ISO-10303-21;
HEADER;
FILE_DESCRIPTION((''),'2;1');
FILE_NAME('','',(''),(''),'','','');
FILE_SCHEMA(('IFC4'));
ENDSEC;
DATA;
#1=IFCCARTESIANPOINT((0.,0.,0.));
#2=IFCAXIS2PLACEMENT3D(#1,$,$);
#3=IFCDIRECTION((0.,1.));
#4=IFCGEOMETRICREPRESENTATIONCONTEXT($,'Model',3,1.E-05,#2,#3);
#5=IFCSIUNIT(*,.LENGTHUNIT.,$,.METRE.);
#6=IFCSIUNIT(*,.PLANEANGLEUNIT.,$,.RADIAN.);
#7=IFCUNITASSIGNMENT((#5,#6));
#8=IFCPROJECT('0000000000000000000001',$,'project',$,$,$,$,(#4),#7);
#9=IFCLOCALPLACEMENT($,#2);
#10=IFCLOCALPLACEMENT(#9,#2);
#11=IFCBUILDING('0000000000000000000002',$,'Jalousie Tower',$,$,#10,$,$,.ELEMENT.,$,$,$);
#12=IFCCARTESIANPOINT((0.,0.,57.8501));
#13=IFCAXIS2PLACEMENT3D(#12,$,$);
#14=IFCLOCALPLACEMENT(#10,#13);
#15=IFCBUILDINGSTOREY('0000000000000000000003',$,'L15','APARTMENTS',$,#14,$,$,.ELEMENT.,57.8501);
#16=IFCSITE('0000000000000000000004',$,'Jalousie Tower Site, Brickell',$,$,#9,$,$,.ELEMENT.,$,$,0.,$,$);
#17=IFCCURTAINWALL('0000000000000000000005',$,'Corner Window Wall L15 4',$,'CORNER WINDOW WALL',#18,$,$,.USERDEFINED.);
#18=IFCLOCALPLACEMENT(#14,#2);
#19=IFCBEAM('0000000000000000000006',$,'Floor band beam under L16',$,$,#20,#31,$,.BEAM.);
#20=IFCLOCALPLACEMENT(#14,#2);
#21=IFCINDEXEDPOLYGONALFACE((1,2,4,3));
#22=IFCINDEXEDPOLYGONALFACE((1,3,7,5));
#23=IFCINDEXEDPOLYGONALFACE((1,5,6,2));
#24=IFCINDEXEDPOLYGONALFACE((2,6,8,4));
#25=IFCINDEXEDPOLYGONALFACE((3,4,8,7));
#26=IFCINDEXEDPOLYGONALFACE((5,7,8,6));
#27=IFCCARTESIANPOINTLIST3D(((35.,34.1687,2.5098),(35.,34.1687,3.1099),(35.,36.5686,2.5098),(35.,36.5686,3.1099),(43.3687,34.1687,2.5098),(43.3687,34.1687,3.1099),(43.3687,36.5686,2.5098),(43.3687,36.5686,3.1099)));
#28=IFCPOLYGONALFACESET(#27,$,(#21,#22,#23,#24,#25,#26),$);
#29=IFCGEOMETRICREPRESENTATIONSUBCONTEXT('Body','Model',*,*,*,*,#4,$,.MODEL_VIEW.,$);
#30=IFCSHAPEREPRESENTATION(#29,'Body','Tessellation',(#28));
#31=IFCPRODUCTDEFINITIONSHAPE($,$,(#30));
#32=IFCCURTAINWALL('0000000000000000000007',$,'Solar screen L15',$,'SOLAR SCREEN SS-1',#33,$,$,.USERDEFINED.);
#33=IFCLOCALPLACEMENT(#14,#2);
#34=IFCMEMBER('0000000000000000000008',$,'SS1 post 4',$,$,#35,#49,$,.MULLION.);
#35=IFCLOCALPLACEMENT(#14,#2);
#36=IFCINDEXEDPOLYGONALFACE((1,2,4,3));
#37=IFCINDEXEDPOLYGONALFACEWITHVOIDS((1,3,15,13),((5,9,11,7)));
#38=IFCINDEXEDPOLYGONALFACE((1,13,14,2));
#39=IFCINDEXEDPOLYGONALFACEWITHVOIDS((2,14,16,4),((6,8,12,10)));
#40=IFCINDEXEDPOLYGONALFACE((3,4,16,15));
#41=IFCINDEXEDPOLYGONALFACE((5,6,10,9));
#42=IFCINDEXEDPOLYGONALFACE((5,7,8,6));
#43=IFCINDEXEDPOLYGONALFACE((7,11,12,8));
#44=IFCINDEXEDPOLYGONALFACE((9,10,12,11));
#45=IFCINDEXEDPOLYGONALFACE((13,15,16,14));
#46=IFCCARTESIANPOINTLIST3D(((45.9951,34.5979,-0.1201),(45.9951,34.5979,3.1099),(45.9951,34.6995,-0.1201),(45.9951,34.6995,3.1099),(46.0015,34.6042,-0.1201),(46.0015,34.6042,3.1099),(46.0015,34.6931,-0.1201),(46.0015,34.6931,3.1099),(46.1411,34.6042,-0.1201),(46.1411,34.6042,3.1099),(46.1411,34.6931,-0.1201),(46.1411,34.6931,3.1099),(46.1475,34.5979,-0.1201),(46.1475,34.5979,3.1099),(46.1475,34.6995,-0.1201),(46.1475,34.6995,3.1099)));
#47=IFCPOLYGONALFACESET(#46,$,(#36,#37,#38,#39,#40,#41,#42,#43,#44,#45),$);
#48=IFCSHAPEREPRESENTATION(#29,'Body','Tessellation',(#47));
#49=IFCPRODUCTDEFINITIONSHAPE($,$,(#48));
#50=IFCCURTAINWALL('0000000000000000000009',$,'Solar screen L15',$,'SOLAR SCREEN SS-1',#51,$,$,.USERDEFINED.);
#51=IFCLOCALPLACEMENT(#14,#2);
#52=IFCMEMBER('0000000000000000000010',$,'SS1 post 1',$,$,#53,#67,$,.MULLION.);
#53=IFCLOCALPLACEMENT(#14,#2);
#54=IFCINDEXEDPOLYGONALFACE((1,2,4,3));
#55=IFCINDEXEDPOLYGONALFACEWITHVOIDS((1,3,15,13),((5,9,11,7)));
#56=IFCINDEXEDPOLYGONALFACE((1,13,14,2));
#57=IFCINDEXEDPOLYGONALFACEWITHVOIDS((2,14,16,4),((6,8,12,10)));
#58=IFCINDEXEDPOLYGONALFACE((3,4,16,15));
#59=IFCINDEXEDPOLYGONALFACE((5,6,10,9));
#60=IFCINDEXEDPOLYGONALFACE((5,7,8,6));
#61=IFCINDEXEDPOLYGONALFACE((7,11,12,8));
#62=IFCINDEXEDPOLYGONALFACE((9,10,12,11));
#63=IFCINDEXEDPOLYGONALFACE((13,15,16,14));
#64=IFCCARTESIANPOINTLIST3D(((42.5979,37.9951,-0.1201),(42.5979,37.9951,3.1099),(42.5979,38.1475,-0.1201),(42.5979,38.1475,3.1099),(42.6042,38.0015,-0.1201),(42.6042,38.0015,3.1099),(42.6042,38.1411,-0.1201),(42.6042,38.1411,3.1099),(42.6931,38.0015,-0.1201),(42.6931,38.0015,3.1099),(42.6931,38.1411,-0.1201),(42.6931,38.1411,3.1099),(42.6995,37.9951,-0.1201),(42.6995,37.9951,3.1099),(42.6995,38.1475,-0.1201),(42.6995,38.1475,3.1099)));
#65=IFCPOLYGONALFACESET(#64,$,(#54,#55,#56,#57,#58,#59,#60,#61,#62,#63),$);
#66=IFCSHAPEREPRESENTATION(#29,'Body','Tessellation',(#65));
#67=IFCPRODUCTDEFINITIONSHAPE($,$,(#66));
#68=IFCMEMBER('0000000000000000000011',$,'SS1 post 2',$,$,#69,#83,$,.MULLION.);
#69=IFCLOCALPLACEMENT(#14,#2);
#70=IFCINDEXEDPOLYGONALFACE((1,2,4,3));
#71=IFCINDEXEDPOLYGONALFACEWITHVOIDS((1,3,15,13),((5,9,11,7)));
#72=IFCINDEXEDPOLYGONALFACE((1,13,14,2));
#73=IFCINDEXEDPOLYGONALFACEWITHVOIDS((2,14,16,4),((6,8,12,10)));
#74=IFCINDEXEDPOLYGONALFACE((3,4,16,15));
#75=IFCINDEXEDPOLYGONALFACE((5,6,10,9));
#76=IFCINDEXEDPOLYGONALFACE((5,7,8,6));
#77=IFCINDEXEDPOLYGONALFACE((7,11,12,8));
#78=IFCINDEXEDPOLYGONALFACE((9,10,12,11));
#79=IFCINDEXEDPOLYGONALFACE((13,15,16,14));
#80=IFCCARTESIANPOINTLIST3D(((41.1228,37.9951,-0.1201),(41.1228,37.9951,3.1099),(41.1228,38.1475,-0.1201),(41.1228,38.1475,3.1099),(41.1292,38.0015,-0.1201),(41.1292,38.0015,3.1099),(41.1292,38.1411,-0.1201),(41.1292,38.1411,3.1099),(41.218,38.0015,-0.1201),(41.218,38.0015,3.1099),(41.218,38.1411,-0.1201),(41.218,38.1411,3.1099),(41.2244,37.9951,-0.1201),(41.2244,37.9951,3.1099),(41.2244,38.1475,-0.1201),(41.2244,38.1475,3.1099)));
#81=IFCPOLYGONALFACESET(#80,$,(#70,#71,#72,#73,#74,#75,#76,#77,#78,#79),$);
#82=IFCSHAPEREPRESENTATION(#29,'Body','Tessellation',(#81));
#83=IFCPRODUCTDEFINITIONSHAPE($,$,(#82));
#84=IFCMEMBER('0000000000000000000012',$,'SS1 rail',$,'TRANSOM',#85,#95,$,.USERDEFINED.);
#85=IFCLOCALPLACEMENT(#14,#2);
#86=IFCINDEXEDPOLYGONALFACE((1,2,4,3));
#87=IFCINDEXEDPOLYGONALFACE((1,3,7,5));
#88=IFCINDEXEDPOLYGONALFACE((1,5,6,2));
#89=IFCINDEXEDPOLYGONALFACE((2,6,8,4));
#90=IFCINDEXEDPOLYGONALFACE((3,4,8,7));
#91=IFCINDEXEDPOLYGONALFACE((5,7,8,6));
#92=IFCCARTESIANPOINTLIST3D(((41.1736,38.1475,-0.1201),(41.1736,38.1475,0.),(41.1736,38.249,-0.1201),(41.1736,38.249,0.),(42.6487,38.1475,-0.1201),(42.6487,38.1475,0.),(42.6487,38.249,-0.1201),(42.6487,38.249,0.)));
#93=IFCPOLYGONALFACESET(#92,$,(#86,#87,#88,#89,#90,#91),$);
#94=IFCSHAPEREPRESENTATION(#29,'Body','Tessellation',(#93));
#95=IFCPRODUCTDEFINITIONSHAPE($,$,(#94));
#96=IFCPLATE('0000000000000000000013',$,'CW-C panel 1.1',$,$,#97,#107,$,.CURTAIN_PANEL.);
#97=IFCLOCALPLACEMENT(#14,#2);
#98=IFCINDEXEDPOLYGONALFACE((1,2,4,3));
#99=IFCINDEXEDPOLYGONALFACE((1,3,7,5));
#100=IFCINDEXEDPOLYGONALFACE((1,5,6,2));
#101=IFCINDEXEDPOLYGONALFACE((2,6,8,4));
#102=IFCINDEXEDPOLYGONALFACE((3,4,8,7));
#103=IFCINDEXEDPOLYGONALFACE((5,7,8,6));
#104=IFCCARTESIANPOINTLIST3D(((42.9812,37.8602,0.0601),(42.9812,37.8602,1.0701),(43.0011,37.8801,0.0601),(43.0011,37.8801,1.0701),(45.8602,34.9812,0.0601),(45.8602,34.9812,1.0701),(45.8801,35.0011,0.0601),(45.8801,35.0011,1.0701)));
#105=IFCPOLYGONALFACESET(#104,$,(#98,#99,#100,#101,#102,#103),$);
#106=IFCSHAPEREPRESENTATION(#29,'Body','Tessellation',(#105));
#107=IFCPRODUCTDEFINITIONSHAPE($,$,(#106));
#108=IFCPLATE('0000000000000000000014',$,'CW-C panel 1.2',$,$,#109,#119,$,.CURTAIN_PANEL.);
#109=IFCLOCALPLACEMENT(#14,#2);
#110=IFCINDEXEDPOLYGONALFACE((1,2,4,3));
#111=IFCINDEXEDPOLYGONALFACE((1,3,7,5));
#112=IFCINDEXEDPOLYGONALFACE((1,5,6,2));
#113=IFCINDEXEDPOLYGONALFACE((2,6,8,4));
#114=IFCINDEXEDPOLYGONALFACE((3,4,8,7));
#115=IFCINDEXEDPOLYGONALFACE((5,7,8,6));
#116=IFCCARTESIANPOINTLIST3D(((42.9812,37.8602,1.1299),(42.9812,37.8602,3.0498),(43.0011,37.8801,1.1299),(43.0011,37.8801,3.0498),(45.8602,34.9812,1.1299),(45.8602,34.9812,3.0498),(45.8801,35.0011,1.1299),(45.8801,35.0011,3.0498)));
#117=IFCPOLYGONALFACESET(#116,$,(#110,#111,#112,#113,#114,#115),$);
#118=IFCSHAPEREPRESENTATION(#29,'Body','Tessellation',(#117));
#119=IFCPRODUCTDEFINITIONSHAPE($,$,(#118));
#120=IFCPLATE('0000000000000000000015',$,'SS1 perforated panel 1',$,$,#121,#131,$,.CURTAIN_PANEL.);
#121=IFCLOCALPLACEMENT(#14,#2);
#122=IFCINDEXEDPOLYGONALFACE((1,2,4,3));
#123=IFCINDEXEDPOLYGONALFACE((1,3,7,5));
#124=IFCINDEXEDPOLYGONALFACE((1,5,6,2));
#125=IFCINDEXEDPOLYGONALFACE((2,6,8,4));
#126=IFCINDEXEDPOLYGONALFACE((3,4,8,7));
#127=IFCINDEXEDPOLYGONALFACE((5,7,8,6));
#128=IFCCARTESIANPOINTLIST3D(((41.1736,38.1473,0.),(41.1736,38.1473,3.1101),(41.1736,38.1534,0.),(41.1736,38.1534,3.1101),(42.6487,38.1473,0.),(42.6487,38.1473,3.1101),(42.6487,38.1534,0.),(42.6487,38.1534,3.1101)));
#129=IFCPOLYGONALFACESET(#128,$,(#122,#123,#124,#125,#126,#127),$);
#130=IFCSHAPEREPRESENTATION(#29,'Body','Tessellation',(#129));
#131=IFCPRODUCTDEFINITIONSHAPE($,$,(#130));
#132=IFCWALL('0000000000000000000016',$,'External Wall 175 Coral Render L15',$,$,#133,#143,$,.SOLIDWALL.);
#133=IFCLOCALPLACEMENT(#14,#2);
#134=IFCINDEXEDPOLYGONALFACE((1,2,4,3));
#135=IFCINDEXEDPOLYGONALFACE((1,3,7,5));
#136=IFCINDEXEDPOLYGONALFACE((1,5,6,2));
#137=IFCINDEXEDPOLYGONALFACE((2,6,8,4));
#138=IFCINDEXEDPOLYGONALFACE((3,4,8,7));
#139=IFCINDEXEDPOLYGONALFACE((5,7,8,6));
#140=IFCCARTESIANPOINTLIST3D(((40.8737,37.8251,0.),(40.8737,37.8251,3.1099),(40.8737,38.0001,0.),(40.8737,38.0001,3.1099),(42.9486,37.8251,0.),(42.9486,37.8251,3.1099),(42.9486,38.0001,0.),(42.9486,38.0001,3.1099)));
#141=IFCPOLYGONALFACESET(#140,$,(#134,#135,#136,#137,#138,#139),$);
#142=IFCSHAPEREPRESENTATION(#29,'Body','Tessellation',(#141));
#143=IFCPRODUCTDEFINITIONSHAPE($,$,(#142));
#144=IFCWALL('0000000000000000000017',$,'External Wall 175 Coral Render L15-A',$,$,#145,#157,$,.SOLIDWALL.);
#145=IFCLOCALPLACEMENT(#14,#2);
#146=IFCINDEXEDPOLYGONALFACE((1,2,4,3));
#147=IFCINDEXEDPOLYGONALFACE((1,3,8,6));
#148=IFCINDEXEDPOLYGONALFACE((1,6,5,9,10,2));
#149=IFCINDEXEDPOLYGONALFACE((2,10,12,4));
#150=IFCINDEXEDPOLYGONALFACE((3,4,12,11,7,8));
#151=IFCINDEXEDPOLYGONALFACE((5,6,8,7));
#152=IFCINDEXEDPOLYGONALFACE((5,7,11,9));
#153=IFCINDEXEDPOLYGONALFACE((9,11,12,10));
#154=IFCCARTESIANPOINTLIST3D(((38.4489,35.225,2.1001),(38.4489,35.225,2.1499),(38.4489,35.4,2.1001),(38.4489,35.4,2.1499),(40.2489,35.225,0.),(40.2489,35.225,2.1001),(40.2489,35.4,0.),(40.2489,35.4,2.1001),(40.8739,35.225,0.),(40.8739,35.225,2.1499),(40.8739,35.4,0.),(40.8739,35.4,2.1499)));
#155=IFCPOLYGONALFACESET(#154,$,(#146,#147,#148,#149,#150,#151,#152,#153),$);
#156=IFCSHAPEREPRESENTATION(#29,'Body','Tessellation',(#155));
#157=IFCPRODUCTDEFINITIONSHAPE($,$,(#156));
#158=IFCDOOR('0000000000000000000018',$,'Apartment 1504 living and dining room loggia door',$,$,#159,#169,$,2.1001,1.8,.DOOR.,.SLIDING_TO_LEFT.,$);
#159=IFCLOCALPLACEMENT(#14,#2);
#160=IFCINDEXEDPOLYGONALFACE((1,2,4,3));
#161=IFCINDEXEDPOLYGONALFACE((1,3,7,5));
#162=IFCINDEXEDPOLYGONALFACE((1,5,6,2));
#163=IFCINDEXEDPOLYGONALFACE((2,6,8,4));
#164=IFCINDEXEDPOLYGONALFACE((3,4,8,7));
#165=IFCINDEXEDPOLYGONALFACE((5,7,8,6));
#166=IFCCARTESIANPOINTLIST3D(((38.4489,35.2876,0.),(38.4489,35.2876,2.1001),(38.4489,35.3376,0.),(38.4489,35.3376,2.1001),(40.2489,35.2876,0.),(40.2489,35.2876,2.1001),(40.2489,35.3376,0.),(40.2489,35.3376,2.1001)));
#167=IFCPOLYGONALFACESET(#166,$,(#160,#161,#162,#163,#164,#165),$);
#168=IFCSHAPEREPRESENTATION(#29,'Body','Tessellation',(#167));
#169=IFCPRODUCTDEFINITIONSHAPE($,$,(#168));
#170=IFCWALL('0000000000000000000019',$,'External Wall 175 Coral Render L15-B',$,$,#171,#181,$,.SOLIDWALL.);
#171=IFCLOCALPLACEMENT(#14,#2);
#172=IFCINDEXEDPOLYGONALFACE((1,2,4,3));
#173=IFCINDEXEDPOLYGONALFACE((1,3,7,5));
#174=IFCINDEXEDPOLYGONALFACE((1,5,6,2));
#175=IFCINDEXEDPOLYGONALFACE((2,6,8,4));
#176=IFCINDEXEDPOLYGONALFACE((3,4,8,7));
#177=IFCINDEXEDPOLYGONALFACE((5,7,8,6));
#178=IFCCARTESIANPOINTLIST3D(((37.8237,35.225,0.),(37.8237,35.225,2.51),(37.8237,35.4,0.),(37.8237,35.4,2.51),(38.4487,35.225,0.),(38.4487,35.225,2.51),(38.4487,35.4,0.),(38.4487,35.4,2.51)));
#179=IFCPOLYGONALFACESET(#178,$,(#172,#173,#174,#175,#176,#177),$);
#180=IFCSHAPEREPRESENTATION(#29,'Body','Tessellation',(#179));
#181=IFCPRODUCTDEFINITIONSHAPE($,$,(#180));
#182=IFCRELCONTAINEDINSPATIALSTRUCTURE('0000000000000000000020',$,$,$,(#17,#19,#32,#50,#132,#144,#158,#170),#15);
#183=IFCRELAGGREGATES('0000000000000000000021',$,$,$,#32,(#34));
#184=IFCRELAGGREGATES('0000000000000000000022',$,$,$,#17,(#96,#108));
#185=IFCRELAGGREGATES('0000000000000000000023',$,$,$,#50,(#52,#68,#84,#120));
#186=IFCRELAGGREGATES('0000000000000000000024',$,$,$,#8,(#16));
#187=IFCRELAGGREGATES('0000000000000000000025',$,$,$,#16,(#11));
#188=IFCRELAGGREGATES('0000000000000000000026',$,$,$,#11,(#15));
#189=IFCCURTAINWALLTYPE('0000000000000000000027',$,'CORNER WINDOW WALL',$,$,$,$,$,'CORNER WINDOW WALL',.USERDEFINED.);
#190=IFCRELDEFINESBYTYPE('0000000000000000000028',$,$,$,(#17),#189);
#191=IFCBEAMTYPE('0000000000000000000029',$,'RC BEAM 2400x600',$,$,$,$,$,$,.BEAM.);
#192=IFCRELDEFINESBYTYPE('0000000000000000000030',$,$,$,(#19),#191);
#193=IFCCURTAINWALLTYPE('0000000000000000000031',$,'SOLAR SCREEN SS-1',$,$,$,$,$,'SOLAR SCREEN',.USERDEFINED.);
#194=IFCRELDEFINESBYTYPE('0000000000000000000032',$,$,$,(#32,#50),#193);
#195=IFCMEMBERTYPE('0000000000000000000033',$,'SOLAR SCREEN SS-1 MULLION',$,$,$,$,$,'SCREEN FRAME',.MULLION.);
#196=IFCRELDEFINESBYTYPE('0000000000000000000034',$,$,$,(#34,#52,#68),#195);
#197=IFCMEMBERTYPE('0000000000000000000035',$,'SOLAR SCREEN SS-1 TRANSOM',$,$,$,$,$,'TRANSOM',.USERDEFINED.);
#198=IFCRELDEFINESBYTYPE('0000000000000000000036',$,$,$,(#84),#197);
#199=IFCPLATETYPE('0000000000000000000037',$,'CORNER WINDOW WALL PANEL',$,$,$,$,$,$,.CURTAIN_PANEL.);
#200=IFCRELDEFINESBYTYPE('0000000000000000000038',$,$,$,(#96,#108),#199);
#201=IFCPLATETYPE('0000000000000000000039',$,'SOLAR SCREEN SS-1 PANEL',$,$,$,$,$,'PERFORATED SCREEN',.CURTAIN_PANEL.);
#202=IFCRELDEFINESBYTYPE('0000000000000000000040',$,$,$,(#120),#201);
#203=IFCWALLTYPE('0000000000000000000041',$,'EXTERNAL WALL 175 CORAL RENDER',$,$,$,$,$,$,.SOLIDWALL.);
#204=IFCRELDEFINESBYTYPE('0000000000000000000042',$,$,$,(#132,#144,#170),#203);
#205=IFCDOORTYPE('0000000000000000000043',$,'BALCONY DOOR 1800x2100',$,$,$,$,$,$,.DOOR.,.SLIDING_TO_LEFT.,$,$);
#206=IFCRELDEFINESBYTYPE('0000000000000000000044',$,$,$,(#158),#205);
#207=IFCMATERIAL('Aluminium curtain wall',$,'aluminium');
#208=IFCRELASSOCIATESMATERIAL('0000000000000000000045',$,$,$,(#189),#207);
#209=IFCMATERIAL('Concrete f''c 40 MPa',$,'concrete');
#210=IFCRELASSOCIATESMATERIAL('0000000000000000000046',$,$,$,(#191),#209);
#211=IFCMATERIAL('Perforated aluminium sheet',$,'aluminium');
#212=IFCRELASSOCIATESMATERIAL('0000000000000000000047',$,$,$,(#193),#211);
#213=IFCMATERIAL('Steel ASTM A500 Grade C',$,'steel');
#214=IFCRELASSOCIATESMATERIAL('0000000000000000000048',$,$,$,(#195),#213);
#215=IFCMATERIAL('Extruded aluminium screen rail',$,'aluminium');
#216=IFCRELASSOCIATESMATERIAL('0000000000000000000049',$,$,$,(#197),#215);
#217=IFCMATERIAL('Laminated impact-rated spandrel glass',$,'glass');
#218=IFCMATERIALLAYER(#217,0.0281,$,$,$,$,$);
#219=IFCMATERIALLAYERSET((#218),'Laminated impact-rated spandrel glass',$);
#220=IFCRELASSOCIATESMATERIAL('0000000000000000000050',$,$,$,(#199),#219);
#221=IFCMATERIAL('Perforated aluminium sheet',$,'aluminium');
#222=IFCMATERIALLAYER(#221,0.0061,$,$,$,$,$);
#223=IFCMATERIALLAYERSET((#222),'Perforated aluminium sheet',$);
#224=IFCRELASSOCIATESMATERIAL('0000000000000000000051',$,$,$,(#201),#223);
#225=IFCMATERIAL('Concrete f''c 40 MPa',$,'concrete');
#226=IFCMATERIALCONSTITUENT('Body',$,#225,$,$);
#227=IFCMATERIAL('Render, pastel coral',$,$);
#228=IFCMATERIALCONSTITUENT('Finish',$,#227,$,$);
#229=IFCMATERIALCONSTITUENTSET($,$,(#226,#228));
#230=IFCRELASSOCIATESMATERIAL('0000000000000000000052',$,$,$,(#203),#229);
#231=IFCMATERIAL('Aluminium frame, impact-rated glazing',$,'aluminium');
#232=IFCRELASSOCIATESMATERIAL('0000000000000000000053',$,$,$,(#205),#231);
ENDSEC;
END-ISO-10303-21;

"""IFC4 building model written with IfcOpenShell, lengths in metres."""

from ifc_helpers import new_model, si_unit, direction, frame, frame_2d, origin, origin_2d, place, context, subcontext, project, spatial, rectangle, hollow_rectangle, extrude, material, layer, layer_set, constituent, constituent_set, material_profile, profile_set, type_object, element, fill, aggregate, save


model = new_model("IFC4")

# Units and contexts
model_context = context("Model", 3, precision=1e-05, world=origin(), true_north=direction((0.0, 1.0)))
body_context = subcontext(model_context, "Body", "Model", "MODEL_VIEW")
ifc_project = project(units=[si_unit("LENGTHUNIT", "METRE"), si_unit("PLANEANGLEUNIT", "RADIAN")], contexts=[model_context])

# Site, building, storey
site_placement = place(None, origin())
site = spatial("IfcSite", under=ifc_project, at=site_placement, Name="Jalousie Tower Site, Brickell", CompositionType="ELEMENT", RefElevation=0.0)
building_placement = place(site_placement, origin())
building = spatial("IfcBuilding", under=site, at=building_placement, Name="Jalousie Tower", CompositionType="ELEMENT")
storey_placement = place(building_placement, frame((0.0, 0.0, 57.8501)))
storey = spatial("IfcBuildingStorey", under=building, at=storey_placement, Name="L15", Description="APARTMENTS", CompositionType="ELEMENT", Elevation=57.8501)

# Curtain wall
ifc_material_1 = material(Name="Aluminium curtain wall", Category="aluminium")
curtain_wall_type_1 = type_object("IfcCurtainWallType", Name="CORNER WINDOW WALL", ElementType="CORNER WINDOW WALL", PredefinedType="USERDEFINED", material=ifc_material_1)
curtain_wall_1_placement = place(storey_placement, origin())
curtain_wall_1 = element("IfcCurtainWall", 1, at=curtain_wall_1_placement, inside=storey, type_object=curtain_wall_type_1, Name="Corner Window Wall L15 4", ObjectType="CORNER WINDOW WALL", PredefinedType="USERDEFINED")

# Beam
ifc_material_2 = material(Name="Concrete f'c 40 MPa", Category="concrete")
ifc_material_profile_1 = material_profile(ifc_material_2, rectangle(XDim=2.3999, YDim=0.6001, at=origin_2d()), Name="RC 2400x600")
ifc_profile_set_1 = profile_set([ifc_material_profile_1], Name="Concrete f'c 40 MPa")
beam_type_1 = type_object("IfcBeamType", Name="RC BEAM 2400x600", PredefinedType="BEAM", material=ifc_profile_set_1)
beam_1_placement = place(storey_placement, frame((43.3687, 35.3687, 2.8098), z_axis=(-1.0, 0.0, 0.0), x_axis=(0.0, -1.0, 0.0)))
element("IfcBeam", 2, at=beam_1_placement, inside=storey, type_object=beam_type_1, Name="Floor band beam under L16", PredefinedType="BEAM", context=body_context, shape_type="SweptSolid", body=[
    extrude(rectangle(XDim=2.3999, YDim=0.6001, at=origin_2d()), origin(), (0.0, 0.0, 1.0), 8.3687),
])

# Curtain wall, member
ifc_material_3 = material(Name="Perforated aluminium sheet", Category="aluminium")
curtain_wall_type_2 = type_object("IfcCurtainWallType", Name="SOLAR SCREEN SS-1", ElementType="SOLAR SCREEN", PredefinedType="USERDEFINED", material=ifc_material_3)
curtain_wall_2_placement = place(storey_placement, origin())
curtain_wall_2 = element("IfcCurtainWall", 3, at=curtain_wall_2_placement, inside=storey, type_object=curtain_wall_type_2, Name="Solar screen L15", ObjectType="SOLAR SCREEN SS-1", PredefinedType="USERDEFINED")
ifc_material_4 = material(Name="Steel ASTM A500 Grade C", Category="steel")
ifc_material_profile_2 = material_profile(ifc_material_4, hollow_rectangle(XDim=0.1016, YDim=0.1523, WallThickness=0.0063, at=origin_2d()), Name="HSS6X4X1/4")
ifc_profile_set_2 = profile_set([ifc_material_profile_2], Name="Steel ASTM A500 Grade C")
member_type_1 = type_object("IfcMemberType", Name="SOLAR SCREEN SS-1 MULLION", ElementType="SCREEN FRAME", PredefinedType="MULLION", material=ifc_profile_set_2)
member_1_placement = place(storey_placement, frame((46.0713, 34.6487, -0.1201), z_axis=(0.0, 0.0, 1.0), x_axis=(0.0, 1.0, 0.0)))
member_1 = element("IfcMember", 4, at=member_1_placement, type_object=member_type_1, Name="SS1 post 4", PredefinedType="MULLION", context=body_context, shape_type="SweptSolid", body=[
    extrude(hollow_rectangle(XDim=0.1016, YDim=0.1523, WallThickness=0.0063, at=origin_2d()), origin(), (0.0, 0.0, 1.0), 3.23),
])
aggregate(curtain_wall_2, [member_1])

# Curtain wall, members
curtain_wall_3_placement = place(storey_placement, origin())
curtain_wall_3 = element("IfcCurtainWall", 5, at=curtain_wall_3_placement, inside=storey, type_object=curtain_wall_type_2, Name="Solar screen L15", ObjectType="SOLAR SCREEN SS-1", PredefinedType="USERDEFINED")
member_2_placement = place(storey_placement, frame((42.6487, 38.0713, -0.1201), z_axis=(0.0, 0.0, 1.0), x_axis=(-1.0, 0.0, 0.0)))
member_2 = element("IfcMember", 6, at=member_2_placement, type_object=member_type_1, Name="SS1 post 1", PredefinedType="MULLION", context=body_context, shape_type="SweptSolid", body=[
    extrude(hollow_rectangle(XDim=0.1016, YDim=0.1523, WallThickness=0.0063, at=origin_2d()), origin(), (0.0, 0.0, 1.0), 3.23),
])
member_3_placement = place(storey_placement, frame((41.1736, 38.0713, -0.1201), z_axis=(0.0, 0.0, 1.0), x_axis=(-1.0, 0.0, 0.0)))
member_3 = element("IfcMember", 7, at=member_3_placement, type_object=member_type_1, Name="SS1 post 2", PredefinedType="MULLION", context=body_context, shape_type="SweptSolid", body=[
    extrude(hollow_rectangle(XDim=0.1016, YDim=0.1523, WallThickness=0.0063, at=origin_2d()), origin(), (0.0, 0.0, 1.0), 3.23),
])
ifc_material_5 = material(Name="Extruded aluminium screen rail", Category="aluminium")
ifc_material_profile_3 = material_profile(ifc_material_5, rectangle(XDim=0.1016, YDim=0.1201, at=origin_2d()), Name="RAIL 102x120")
ifc_profile_set_3 = profile_set([ifc_material_profile_3], Name="Extruded aluminium screen rail")
member_type_2 = type_object("IfcMemberType", Name="SOLAR SCREEN SS-1 TRANSOM", ElementType="TRANSOM", PredefinedType="USERDEFINED", material=ifc_profile_set_3)
member_4_placement = place(storey_placement, frame((42.6487, 38.1982, -0.0601), z_axis=(-1.0, 0.0, 0.0), x_axis=(0.0, -1.0, 0.0)))
member_4 = element("IfcMember", 8, at=member_4_placement, type_object=member_type_2, Name="SS1 rail", ObjectType="TRANSOM", PredefinedType="USERDEFINED", context=body_context, shape_type="SweptSolid", body=[
    extrude(rectangle(XDim=0.1016, YDim=0.1201, at=origin_2d()), origin(), (0.0, 0.0, 1.0), 1.4751),
])

# Plates
ifc_material_6 = material(Name="Laminated impact-rated spandrel glass", Category="glass")
ifc_layer_1 = layer(ifc_material_6, 0.0281)
ifc_layer_set_1 = layer_set([ifc_layer_1], Name="Laminated impact-rated spandrel glass")
plate_type_1 = type_object("IfcPlateType", Name="CORNER WINDOW WALL PANEL", PredefinedType="CURTAIN_PANEL", material=ifc_layer_set_1)
plate_1_placement = place(storey_placement, frame((44.4307, 36.4307, 0.0601), z_axis=(0.0, 0.0, 1.0), x_axis=(-0.707107, 0.707107, 0.0)))
plate_1 = element("IfcPlate", 9, at=plate_1_placement, type_object=plate_type_1, Name="CW-C panel 1.1", PredefinedType="CURTAIN_PANEL", context=body_context, shape_type="SweptSolid", body=[
    extrude(rectangle(XDim=4.0715, YDim=0.0281, at=origin_2d()), origin(), (0.0, 0.0, 1.0), 1.01),
])
plate_2_placement = place(storey_placement, frame((44.4307, 36.4307, 1.1299), z_axis=(0.0, 0.0, 1.0), x_axis=(-0.707107, 0.707107, 0.0)))
plate_2 = element("IfcPlate", 10, at=plate_2_placement, type_object=plate_type_1, Name="CW-C panel 1.2", PredefinedType="CURTAIN_PANEL", context=body_context, shape_type="SweptSolid", body=[
    extrude(rectangle(XDim=4.0715, YDim=0.0281, at=origin_2d()), origin(), (0.0, 0.0, 1.0), 1.9199),
])
aggregate(curtain_wall_1, [plate_1, plate_2])
ifc_material_7 = material(Name="Perforated aluminium sheet", Category="aluminium")
ifc_layer_2 = layer(ifc_material_7, 0.0061)
ifc_layer_set_2 = layer_set([ifc_layer_2], Name="Perforated aluminium sheet")
plate_type_2 = type_object("IfcPlateType", Name="SOLAR SCREEN SS-1 PANEL", ElementType="PERFORATED SCREEN", PredefinedType="CURTAIN_PANEL", material=ifc_layer_set_2)
plate_3_placement = place(storey_placement, frame((41.9111, 38.1504, 0.0), z_axis=(0.0, 0.0, 1.0), x_axis=(-1.0, 0.0, 0.0)))
plate_3 = element("IfcPlate", 11, at=plate_3_placement, type_object=plate_type_2, Name="SS1 perforated panel 1", PredefinedType="CURTAIN_PANEL", context=body_context, shape_type="SweptSolid", body=[
    extrude(rectangle(XDim=1.4751, YDim=0.0061, at=origin_2d()), origin(), (0.0, 0.0, 1.0), 3.1101),
])
aggregate(curtain_wall_3, [member_2, member_3, member_4, plate_3])

# Wall
ifc_material_8 = material(Name="Concrete f'c 40 MPa", Category="concrete")
ifc_constituent_1 = constituent(ifc_material_8, Name="Body")
ifc_material_9 = material(Name="Render, pastel coral")
ifc_constituent_2 = constituent(ifc_material_9, Name="Finish")
ifc_constituent_set_1 = constituent_set(constituents=[ifc_constituent_1, ifc_constituent_2])
wall_type_1 = type_object("IfcWallType", Name="EXTERNAL WALL 175 CORAL RENDER", PredefinedType="SOLIDWALL", material=ifc_constituent_set_1)
wall_1_placement = place(storey_placement, frame((42.9487, 37.9126, 0.0), z_axis=(0.0, 0.0, 1.0), x_axis=(-1.0, 0.0, 0.0)))
element("IfcWall", 12, at=wall_1_placement, inside=storey, type_object=wall_type_1, Name="External Wall 175 Coral Render L15", PredefinedType="SOLIDWALL", context=body_context, shape_type="SweptSolid", body=[
    extrude(rectangle(XDim=2.075, YDim=0.175, at=frame_2d((1.0376, 0.0))), origin(), (0.0, 0.0, 1.0), 3.1099),
])

# Wall, opening, door
wall_2_placement = place(storey_placement, frame((40.8738, 35.3125, 0.0), z_axis=(0.0, 0.0, 1.0), x_axis=(-1.0, 0.0, 0.0)))
wall_2 = element("IfcWall", 13, at=wall_2_placement, inside=storey, type_object=wall_type_1, Name="External Wall 175 Coral Render L15-A", PredefinedType="SOLIDWALL", context=body_context, shape_type="SweptSolid", body=[
    extrude(rectangle(XDim=2.425, YDim=0.175, at=frame_2d((1.2124, 0.0))), origin(), (0.0, 0.0, 1.0), 2.1499),
])
opening_1_placement = place(wall_2_placement, frame((0.625, 0.0, 0.0)))
opening_1 = element("IfcOpeningElement", 14, at=opening_1_placement, cuts=wall_2, PredefinedType="OPENING", context=body_context, shape_type="SweptSolid", body=[
    extrude(rectangle(XDim=1.8, YDim=2.1001, at=frame_2d((0.8999, 1.05))), frame((0.0, 0.0974, 0.0), z_axis=(0.0, -1.0, 0.0), x_axis=(1.0, 0.0, 0.0)), (0.0, 0.0, 1.0), 0.1951),
])
ifc_material_10 = material(Name="Aluminium frame, impact-rated glazing", Category="aluminium")
door_type_1 = type_object("IfcDoorType", Name="BALCONY DOOR 1800x2100", OperationType="SLIDING_TO_LEFT", PredefinedType="DOOR", material=ifc_material_10)
door_1_placement = place(opening_1_placement, origin())
door_1 = element("IfcDoor", 15, at=door_1_placement, inside=storey, type_object=door_type_1, Name="Apartment 1504 living and dining room loggia door", OperationType="SLIDING_TO_LEFT", OverallHeight=2.1001, OverallWidth=1.8, PredefinedType="DOOR", context=body_context, shape_type="SweptSolid", body=[
    extrude(rectangle(XDim=1.8, YDim=2.1001, at=frame_2d((0.8999, 1.05))), frame((0.0, 0.0249, 0.0), z_axis=(0.0, -1.0, 0.0), x_axis=(1.0, 0.0, 0.0)), (0.0, 0.0, 1.0), 0.05),
])
fill(opening_1, door_1)

# Wall
wall_3_placement = place(storey_placement, frame((38.4487, 35.3125, 0.0), z_axis=(0.0, 0.0, 1.0), x_axis=(-1.0, 0.0, 0.0)))
element("IfcWall", 16, at=wall_3_placement, inside=storey, type_object=wall_type_1, Name="External Wall 175 Coral Render L15-B", PredefinedType="SOLIDWALL", context=body_context, shape_type="SweptSolid", body=[
    extrude(rectangle(XDim=0.625, YDim=0.175, at=frame_2d((0.3125, 0.0))), origin(), (0.0, 0.0, 1.0), 2.51),
])

save(model, "model.ifc")
